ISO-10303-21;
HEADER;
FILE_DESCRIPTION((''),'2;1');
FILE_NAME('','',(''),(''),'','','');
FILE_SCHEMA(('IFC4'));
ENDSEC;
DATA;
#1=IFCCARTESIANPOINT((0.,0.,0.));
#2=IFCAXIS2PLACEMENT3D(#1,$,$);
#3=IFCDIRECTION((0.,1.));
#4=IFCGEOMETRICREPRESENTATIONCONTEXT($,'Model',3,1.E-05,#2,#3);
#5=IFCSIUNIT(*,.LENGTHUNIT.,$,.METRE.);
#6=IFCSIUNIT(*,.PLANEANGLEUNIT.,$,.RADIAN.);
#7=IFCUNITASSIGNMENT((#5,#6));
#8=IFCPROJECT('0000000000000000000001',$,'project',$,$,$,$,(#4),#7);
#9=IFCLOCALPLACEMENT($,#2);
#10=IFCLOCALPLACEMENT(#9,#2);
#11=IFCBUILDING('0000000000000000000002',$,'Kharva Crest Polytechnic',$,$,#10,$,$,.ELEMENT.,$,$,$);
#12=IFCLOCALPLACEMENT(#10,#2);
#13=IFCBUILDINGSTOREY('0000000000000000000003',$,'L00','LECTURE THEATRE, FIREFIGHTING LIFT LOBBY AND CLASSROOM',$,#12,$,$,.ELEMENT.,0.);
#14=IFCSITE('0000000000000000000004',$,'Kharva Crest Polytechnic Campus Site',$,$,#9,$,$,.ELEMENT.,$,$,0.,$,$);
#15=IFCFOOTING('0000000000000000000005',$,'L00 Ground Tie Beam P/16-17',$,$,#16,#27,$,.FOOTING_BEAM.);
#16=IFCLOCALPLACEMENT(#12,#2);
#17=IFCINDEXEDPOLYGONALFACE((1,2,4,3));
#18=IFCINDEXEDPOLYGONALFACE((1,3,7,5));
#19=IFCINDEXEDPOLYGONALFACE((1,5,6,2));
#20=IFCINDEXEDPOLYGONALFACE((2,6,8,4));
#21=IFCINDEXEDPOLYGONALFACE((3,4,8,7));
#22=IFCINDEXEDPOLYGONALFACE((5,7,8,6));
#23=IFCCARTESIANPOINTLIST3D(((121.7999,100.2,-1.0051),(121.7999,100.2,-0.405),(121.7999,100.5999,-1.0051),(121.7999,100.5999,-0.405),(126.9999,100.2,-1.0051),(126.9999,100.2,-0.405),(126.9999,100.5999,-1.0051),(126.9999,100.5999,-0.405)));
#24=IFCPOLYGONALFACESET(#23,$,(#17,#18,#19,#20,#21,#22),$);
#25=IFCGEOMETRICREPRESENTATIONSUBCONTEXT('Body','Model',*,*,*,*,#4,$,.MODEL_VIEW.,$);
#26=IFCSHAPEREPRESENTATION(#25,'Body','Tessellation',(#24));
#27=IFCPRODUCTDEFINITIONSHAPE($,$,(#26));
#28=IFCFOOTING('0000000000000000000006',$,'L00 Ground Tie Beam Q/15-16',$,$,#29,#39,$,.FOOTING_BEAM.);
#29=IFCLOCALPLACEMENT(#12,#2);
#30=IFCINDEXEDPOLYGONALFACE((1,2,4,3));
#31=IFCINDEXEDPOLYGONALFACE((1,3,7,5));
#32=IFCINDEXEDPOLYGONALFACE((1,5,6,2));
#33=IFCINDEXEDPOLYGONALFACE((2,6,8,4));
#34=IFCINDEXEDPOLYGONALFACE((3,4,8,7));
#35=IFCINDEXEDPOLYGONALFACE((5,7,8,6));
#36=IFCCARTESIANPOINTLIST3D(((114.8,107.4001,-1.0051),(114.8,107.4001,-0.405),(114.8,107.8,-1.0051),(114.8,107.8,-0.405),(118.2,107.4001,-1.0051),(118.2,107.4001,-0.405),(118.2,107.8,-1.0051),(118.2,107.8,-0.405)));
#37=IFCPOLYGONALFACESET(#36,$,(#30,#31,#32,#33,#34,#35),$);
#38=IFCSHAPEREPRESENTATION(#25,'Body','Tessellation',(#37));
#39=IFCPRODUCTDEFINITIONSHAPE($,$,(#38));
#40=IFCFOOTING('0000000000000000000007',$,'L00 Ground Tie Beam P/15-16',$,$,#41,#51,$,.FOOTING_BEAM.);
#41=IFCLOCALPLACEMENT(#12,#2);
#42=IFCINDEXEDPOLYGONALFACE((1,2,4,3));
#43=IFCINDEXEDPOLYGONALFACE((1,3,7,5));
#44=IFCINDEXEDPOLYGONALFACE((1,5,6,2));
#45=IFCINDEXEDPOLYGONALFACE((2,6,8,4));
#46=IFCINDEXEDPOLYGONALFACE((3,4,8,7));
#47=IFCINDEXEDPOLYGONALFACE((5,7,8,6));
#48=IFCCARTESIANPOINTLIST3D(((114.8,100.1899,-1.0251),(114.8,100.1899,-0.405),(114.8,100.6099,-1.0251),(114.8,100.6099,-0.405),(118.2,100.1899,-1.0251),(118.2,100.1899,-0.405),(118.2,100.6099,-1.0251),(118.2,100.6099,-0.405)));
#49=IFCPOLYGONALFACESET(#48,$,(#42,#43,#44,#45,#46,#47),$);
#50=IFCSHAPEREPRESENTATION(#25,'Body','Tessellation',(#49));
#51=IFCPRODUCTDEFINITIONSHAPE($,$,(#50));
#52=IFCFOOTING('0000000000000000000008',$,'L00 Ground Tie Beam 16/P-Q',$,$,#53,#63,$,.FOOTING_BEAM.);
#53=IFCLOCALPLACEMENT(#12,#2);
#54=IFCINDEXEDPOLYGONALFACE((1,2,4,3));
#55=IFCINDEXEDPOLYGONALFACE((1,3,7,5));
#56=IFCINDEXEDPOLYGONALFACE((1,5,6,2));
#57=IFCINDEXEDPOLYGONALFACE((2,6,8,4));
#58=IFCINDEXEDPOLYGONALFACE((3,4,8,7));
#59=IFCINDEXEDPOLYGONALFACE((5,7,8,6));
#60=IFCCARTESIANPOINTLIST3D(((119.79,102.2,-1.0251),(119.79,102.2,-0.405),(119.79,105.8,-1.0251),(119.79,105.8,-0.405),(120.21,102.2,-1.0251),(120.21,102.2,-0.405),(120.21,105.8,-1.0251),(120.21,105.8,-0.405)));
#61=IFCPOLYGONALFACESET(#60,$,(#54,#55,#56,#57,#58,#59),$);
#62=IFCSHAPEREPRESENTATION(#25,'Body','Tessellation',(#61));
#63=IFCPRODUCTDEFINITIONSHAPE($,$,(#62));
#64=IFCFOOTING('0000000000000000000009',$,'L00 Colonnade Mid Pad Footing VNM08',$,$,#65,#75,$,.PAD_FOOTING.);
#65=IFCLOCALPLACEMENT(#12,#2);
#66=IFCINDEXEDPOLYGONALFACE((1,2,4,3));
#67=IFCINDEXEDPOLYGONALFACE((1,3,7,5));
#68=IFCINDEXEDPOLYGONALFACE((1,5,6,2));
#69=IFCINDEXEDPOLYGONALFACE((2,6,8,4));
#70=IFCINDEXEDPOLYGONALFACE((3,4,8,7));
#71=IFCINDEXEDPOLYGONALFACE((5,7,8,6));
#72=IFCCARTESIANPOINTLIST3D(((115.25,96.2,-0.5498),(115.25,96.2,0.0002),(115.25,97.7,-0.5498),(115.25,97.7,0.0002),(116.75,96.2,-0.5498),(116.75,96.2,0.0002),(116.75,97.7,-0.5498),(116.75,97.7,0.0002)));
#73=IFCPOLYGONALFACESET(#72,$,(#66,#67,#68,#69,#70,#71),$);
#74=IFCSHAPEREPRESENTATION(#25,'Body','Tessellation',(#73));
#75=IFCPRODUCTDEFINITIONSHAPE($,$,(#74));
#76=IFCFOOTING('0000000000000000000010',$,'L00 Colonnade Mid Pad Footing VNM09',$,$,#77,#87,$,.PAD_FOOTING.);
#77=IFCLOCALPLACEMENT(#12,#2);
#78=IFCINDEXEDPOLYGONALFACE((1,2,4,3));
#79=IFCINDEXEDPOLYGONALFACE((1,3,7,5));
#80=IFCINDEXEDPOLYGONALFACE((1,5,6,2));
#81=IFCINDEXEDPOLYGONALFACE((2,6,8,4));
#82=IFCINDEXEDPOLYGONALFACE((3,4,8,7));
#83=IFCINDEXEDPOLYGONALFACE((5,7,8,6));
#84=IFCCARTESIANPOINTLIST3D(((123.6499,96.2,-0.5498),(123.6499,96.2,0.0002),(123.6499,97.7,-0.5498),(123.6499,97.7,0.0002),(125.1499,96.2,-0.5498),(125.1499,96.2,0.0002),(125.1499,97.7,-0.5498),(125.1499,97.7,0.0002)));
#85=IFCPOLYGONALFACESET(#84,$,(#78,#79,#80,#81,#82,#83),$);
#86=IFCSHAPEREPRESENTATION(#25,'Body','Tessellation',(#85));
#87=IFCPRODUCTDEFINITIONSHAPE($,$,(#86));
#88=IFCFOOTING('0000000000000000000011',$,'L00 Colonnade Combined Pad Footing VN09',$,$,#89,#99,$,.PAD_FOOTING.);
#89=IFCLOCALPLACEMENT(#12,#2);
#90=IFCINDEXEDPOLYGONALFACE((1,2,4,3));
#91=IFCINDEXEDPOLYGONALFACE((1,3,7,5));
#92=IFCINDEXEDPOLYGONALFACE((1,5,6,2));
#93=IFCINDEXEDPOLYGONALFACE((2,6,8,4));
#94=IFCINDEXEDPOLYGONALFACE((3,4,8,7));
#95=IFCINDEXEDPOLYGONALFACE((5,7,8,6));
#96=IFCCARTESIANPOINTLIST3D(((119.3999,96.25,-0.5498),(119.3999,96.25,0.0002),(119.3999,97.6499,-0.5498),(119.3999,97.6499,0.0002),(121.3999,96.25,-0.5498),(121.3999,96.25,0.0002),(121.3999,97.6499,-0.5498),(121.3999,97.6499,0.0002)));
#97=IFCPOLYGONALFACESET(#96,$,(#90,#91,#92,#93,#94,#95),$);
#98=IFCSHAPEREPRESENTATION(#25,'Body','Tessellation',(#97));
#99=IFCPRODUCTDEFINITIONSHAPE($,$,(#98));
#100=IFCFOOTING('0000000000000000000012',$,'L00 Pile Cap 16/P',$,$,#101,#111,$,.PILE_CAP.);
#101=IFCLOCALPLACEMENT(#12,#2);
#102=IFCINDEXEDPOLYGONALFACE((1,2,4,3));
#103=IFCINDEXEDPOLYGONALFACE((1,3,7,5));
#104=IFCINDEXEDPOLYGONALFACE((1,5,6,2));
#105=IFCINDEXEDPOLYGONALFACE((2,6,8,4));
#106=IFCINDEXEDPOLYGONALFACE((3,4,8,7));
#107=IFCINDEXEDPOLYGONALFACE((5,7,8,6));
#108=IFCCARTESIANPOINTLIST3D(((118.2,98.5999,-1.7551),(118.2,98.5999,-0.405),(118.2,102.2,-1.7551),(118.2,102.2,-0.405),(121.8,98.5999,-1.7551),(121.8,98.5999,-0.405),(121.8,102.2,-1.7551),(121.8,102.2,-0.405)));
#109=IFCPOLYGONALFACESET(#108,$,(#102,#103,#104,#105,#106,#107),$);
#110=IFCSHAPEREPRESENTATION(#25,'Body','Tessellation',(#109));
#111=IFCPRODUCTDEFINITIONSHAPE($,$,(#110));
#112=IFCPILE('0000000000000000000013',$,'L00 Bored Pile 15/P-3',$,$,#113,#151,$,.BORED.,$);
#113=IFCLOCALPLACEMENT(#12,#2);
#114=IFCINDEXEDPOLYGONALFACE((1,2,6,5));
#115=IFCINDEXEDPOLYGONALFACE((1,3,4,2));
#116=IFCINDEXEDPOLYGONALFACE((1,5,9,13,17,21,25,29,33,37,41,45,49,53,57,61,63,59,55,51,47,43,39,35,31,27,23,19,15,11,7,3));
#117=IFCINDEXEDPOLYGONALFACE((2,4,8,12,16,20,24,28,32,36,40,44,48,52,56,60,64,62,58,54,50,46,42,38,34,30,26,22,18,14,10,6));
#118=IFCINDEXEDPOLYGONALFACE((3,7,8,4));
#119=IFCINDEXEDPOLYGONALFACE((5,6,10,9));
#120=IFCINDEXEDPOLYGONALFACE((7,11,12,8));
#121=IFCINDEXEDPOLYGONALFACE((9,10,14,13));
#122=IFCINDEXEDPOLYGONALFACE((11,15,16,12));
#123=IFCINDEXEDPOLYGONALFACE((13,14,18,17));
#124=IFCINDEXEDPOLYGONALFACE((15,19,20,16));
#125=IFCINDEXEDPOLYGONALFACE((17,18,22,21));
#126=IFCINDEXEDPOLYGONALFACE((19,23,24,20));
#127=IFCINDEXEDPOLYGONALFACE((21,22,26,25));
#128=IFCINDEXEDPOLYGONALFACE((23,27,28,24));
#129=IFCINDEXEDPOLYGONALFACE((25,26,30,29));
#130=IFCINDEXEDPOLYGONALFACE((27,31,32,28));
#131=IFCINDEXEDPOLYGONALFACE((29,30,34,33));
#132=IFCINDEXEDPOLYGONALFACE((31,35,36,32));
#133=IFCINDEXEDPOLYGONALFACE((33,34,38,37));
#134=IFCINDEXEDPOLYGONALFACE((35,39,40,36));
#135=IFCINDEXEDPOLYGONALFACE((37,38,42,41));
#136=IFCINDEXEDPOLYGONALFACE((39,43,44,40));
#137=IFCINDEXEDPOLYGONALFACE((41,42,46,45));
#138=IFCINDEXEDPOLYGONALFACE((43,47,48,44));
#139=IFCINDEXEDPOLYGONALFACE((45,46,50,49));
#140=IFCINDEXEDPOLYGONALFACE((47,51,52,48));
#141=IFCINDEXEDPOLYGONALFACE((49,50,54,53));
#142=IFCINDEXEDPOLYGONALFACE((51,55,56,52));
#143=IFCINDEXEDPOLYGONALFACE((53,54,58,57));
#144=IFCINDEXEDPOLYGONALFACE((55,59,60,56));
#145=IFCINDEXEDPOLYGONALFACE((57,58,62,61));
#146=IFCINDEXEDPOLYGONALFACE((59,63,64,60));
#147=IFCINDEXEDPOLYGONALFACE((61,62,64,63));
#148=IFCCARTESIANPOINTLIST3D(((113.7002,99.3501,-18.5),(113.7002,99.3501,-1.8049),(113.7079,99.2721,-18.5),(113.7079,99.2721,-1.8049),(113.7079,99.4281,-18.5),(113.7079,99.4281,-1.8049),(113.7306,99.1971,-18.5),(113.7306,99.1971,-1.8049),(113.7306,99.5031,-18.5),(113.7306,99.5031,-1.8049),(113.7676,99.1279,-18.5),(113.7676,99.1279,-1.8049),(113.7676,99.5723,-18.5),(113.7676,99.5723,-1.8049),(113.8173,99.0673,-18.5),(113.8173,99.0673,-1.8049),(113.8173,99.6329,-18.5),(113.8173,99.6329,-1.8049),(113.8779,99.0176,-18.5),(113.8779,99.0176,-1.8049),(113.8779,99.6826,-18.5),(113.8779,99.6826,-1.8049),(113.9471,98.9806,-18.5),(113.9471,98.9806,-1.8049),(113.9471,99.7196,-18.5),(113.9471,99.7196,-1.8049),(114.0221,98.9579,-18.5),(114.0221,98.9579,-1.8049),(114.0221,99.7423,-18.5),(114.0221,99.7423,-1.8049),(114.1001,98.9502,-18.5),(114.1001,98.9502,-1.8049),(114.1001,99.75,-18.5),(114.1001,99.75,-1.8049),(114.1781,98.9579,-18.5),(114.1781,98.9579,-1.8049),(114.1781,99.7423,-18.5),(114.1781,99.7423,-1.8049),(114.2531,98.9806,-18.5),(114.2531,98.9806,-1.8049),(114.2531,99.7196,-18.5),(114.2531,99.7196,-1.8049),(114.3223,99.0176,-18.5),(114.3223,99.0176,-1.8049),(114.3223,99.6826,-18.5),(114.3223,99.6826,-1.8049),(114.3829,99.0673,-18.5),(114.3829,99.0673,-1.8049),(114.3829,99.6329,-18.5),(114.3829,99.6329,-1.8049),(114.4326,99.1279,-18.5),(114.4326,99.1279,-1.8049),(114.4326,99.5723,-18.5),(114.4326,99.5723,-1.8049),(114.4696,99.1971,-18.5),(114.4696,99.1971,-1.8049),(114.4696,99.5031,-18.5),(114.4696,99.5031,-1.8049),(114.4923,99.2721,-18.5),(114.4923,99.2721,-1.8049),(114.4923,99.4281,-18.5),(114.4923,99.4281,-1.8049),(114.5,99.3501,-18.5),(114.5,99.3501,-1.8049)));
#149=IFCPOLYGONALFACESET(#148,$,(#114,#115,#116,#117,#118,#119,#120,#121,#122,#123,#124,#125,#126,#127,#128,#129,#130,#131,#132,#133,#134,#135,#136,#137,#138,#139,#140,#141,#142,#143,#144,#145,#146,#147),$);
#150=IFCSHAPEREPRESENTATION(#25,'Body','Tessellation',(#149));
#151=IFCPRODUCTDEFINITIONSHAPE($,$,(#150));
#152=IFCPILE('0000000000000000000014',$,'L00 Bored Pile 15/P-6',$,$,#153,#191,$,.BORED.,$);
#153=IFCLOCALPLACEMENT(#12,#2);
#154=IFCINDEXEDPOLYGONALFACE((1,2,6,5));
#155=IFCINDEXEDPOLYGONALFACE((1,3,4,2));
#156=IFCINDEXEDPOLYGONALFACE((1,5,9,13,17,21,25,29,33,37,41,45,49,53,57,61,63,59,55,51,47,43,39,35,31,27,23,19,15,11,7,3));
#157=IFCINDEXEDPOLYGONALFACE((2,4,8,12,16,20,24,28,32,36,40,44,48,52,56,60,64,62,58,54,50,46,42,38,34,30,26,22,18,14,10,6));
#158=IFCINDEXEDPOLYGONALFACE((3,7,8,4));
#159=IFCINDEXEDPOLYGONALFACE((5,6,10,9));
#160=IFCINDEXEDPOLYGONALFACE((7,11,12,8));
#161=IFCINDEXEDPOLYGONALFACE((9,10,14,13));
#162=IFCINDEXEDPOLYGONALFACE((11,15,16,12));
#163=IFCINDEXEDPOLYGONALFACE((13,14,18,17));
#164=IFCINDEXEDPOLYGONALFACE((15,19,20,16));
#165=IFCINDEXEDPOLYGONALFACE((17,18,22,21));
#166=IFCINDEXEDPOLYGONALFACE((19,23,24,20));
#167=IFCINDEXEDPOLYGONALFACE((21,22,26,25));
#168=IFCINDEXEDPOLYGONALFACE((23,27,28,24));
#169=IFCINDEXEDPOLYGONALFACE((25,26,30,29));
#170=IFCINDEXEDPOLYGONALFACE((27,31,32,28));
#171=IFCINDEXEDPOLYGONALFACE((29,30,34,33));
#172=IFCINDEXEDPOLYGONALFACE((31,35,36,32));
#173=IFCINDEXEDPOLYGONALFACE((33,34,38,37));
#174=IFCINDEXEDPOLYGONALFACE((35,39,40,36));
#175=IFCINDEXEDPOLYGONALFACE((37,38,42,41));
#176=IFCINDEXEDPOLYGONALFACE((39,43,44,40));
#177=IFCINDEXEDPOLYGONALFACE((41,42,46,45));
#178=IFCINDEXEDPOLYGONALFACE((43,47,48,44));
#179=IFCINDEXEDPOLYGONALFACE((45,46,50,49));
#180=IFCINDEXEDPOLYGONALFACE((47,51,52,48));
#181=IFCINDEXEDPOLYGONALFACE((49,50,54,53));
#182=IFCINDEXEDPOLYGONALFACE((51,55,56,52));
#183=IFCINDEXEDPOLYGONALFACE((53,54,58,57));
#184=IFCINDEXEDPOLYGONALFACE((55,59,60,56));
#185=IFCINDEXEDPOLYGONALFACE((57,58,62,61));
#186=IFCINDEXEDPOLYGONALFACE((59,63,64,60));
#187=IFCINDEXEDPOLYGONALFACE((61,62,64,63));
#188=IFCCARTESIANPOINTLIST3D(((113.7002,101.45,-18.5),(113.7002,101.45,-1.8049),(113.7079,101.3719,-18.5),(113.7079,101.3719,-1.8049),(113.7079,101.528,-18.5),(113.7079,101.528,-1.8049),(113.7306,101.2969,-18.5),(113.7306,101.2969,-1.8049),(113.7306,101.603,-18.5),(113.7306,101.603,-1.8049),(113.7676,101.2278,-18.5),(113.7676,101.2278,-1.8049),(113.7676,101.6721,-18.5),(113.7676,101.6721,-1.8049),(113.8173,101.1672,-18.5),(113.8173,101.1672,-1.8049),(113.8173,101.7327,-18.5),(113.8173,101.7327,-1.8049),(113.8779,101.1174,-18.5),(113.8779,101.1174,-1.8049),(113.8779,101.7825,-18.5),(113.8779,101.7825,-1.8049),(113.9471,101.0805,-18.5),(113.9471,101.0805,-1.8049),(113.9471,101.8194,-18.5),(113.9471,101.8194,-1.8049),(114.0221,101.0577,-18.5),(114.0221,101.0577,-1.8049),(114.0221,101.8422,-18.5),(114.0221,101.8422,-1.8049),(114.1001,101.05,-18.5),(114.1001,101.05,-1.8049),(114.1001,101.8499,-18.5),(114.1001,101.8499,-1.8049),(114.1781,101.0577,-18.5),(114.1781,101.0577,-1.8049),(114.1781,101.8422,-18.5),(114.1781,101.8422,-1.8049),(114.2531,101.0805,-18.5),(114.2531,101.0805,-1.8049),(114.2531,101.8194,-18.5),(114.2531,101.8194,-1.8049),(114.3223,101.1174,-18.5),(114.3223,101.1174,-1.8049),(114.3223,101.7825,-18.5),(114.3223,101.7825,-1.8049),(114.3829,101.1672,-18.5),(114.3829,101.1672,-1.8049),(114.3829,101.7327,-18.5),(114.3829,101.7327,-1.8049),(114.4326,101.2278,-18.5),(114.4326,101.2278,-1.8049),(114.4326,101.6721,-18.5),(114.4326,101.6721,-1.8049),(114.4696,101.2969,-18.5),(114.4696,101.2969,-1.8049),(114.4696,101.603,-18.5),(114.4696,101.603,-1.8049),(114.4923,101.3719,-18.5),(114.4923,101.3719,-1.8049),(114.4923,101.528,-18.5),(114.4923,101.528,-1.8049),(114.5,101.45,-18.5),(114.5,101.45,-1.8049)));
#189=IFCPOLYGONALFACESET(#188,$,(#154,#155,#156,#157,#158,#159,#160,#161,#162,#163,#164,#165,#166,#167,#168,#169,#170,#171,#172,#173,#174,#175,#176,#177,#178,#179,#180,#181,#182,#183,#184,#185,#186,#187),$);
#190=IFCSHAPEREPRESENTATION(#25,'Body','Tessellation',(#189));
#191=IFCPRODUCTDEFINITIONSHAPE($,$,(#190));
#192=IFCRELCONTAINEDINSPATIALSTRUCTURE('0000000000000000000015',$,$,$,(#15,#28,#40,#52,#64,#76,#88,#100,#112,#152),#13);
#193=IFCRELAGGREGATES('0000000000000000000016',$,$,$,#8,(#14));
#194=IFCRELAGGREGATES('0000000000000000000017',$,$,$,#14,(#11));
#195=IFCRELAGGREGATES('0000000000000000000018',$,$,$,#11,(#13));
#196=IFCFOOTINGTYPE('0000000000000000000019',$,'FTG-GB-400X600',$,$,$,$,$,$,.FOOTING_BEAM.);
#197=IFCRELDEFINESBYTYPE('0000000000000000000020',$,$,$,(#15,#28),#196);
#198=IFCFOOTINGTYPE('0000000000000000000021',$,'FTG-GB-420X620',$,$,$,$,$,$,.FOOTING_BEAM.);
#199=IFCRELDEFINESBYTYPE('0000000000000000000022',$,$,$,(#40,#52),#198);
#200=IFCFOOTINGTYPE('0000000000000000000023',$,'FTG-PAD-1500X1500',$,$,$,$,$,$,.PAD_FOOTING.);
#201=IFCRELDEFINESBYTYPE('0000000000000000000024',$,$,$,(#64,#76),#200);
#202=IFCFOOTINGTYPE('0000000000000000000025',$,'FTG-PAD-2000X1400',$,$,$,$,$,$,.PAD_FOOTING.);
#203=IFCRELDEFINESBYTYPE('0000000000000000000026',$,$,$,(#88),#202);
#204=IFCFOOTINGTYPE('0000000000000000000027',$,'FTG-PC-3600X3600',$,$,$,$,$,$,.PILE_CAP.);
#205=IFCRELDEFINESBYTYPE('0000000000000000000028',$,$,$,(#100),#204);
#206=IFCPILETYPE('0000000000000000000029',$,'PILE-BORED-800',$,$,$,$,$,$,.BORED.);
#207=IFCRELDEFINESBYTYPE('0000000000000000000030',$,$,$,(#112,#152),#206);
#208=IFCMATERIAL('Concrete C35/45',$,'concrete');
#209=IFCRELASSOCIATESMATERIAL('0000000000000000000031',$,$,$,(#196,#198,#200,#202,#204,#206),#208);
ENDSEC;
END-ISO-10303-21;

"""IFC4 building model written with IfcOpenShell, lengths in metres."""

from ifc_helpers import new_model, si_unit, direction, frame, origin, origin_2d, place, context, subcontext, project, spatial, rectangle, circle, extrude, material, material_profile, profile_set, type_object, element, save


model = new_model("IFC4")

# Units and contexts
model_context = context("Model", 3, precision=1e-05, world=origin(), true_north=direction((0.0, 1.0)))
body_context = subcontext(model_context, "Body", "Model", "MODEL_VIEW")
ifc_project = project(units=[si_unit("LENGTHUNIT", "METRE"), si_unit("PLANEANGLEUNIT", "RADIAN")], contexts=[model_context])

# Site, building, storey
site_placement = place(None, origin())
site = spatial("IfcSite", under=ifc_project, at=site_placement, Name="Kharva Crest Polytechnic Campus Site", CompositionType="ELEMENT", RefElevation=0.0)
building_placement = place(site_placement, origin())
building = spatial("IfcBuilding", under=site, at=building_placement, Name="Kharva Crest Polytechnic", CompositionType="ELEMENT")
storey_placement = place(building_placement, origin())
storey = spatial("IfcBuildingStorey", under=building, at=storey_placement, Name="L00", Description="LECTURE THEATRE, FIREFIGHTING LIFT LOBBY AND CLASSROOM", CompositionType="ELEMENT", Elevation=0.0)

# Footings
ifc_material_1 = material(Name="Concrete C35/45", Category="concrete")
footing_type_1 = type_object("IfcFootingType", Name="FTG-GB-400X600", PredefinedType="FOOTING_BEAM", material=ifc_material_1)
footing_1_placement = place(storey_placement, frame((124.3999, 100.3999, -1.0051), z_axis=(0.0, 0.0, 1.0), x_axis=(1.0, 0.0, 0.0)))
element("IfcFooting", 1, at=footing_1_placement, inside=storey, type_object=footing_type_1, Name="L00 Ground Tie Beam P/16-17", PredefinedType="FOOTING_BEAM", context=body_context, shape_type="SweptSolid", body=[
    extrude(rectangle(XDim=5.2, YDim=0.3999, at=origin_2d()), origin(), (0.0, 0.0, 1.0), 0.6001),
])
footing_2_placement = place(storey_placement, frame((116.5, 107.6001, -1.0051), z_axis=(0.0, 0.0, 1.0), x_axis=(1.0, 0.0, 0.0)))
element("IfcFooting", 2, at=footing_2_placement, inside=storey, type_object=footing_type_1, Name="L00 Ground Tie Beam Q/15-16", PredefinedType="FOOTING_BEAM", context=body_context, shape_type="SweptSolid", body=[
    extrude(rectangle(XDim=3.3999, YDim=0.3999, at=origin_2d()), origin(), (0.0, 0.0, 1.0), 0.6001),
])
footing_type_2 = type_object("IfcFootingType", Name="FTG-GB-420X620", PredefinedType="FOOTING_BEAM", material=ifc_material_1)
footing_3_placement = place(storey_placement, frame((116.5, 100.3999, -1.0251), z_axis=(0.0, 0.0, 1.0), x_axis=(1.0, 0.0, 0.0)))
element("IfcFooting", 3, at=footing_3_placement, inside=storey, type_object=footing_type_2, Name="L00 Ground Tie Beam P/15-16", PredefinedType="FOOTING_BEAM", context=body_context, shape_type="SweptSolid", body=[
    extrude(rectangle(XDim=3.3999, YDim=0.4199, at=origin_2d()), origin(), (0.0, 0.0, 1.0), 0.6201),
])
footing_4_placement = place(storey_placement, frame((120.0, 104.0, -1.0251), z_axis=(0.0, 0.0, 1.0), x_axis=(0.0, 1.0, 0.0)))
element("IfcFooting", 4, at=footing_4_placement, inside=storey, type_object=footing_type_2, Name="L00 Ground Tie Beam 16/P-Q", PredefinedType="FOOTING_BEAM", context=body_context, shape_type="SweptSolid", body=[
    extrude(rectangle(XDim=3.6001, YDim=0.4199, at=origin_2d()), origin(), (0.0, 0.0, 1.0), 0.6201),
])
footing_type_3 = type_object("IfcFootingType", Name="FTG-PAD-1500X1500", PredefinedType="PAD_FOOTING", material=ifc_material_1)
for number, where, z_axis, x_axis, name in (
    (5, (116.0, 96.95, -0.5498), (0.0, 0.0, 1.0), (1.0, 0.0, 0.0), "L00 Colonnade Mid Pad Footing VNM08"),
    (6, (124.3999, 96.95, -0.5498), (0.0, 0.0, 1.0), (1.0, 0.0, 0.0), "L00 Colonnade Mid Pad Footing VNM09"),
):
    element("IfcFooting", number, at=place(storey_placement, frame(where, z_axis=z_axis, x_axis=x_axis)), inside=storey, type_object=footing_type_3, Name=name, PredefinedType="PAD_FOOTING", context=body_context, shape_type="SweptSolid", body=[
        extrude(rectangle(XDim=1.5, YDim=1.5, at=origin_2d()), origin(), (0.0, 0.0, 1.0), 0.55),
    ])
footing_type_4 = type_object("IfcFootingType", Name="FTG-PAD-2000X1400", PredefinedType="PAD_FOOTING", material=ifc_material_1)
footing_5_placement = place(storey_placement, frame((120.3999, 96.95, -0.5498), z_axis=(0.0, 0.0, 1.0), x_axis=(1.0, 0.0, 0.0)))
element("IfcFooting", 7, at=footing_5_placement, inside=storey, type_object=footing_type_4, Name="L00 Colonnade Combined Pad Footing VN09", PredefinedType="PAD_FOOTING", context=body_context, shape_type="SweptSolid", body=[
    extrude(rectangle(XDim=2.0, YDim=1.3999, at=origin_2d()), origin(), (0.0, 0.0, 1.0), 0.55),
])
footing_type_5 = type_object("IfcFootingType", Name="FTG-PC-3600X3600", PredefinedType="PILE_CAP", material=ifc_material_1)
footing_6_placement = place(storey_placement, frame((120.0, 100.3999, -1.7551), z_axis=(0.0, 0.0, 1.0), x_axis=(1.0, 0.0, 0.0)))
element("IfcFooting", 8, at=footing_6_placement, inside=storey, type_object=footing_type_5, Name="L00 Pile Cap 16/P", PredefinedType="PILE_CAP", context=body_context, shape_type="SweptSolid", body=[
    extrude(rectangle(XDim=3.6001, YDim=3.6001, at=origin_2d()), origin(), (0.0, 0.0, 1.0), 1.3501),
])

# Piles
ifc_material_profile_1 = material_profile(ifc_material_1, circle(Radius=0.3999, at=origin_2d()), Name="DIA 800")
ifc_profile_set_1 = profile_set([ifc_material_profile_1], Name="Concrete C35/45")
pile_type = type_object("IfcPileType", Name="PILE-BORED-800", PredefinedType="BORED", material=ifc_profile_set_1)
for number, where, z_axis, x_axis, name in (
    (9, (114.1001, 99.3501, -1.8049), (0.0, 0.0, -1.0), (1.0, 0.0, 0.0), "L00 Bored Pile 15/P-3"),
    (10, (114.1001, 101.45, -1.8049), (0.0, 0.0, -1.0), (1.0, 0.0, 0.0), "L00 Bored Pile 15/P-6"),
):
    element("IfcPile", number, at=place(storey_placement, frame(where, z_axis=z_axis, x_axis=x_axis)), inside=storey, type_object=pile_type, Name=name, PredefinedType="BORED", context=body_context, shape_type="SweptSolid", body=[
        extrude(circle(Radius=0.3999, at=origin_2d()), origin(), (0.0, 0.0, 1.0), 16.6951),
    ])

save(model, "model.ifc")
